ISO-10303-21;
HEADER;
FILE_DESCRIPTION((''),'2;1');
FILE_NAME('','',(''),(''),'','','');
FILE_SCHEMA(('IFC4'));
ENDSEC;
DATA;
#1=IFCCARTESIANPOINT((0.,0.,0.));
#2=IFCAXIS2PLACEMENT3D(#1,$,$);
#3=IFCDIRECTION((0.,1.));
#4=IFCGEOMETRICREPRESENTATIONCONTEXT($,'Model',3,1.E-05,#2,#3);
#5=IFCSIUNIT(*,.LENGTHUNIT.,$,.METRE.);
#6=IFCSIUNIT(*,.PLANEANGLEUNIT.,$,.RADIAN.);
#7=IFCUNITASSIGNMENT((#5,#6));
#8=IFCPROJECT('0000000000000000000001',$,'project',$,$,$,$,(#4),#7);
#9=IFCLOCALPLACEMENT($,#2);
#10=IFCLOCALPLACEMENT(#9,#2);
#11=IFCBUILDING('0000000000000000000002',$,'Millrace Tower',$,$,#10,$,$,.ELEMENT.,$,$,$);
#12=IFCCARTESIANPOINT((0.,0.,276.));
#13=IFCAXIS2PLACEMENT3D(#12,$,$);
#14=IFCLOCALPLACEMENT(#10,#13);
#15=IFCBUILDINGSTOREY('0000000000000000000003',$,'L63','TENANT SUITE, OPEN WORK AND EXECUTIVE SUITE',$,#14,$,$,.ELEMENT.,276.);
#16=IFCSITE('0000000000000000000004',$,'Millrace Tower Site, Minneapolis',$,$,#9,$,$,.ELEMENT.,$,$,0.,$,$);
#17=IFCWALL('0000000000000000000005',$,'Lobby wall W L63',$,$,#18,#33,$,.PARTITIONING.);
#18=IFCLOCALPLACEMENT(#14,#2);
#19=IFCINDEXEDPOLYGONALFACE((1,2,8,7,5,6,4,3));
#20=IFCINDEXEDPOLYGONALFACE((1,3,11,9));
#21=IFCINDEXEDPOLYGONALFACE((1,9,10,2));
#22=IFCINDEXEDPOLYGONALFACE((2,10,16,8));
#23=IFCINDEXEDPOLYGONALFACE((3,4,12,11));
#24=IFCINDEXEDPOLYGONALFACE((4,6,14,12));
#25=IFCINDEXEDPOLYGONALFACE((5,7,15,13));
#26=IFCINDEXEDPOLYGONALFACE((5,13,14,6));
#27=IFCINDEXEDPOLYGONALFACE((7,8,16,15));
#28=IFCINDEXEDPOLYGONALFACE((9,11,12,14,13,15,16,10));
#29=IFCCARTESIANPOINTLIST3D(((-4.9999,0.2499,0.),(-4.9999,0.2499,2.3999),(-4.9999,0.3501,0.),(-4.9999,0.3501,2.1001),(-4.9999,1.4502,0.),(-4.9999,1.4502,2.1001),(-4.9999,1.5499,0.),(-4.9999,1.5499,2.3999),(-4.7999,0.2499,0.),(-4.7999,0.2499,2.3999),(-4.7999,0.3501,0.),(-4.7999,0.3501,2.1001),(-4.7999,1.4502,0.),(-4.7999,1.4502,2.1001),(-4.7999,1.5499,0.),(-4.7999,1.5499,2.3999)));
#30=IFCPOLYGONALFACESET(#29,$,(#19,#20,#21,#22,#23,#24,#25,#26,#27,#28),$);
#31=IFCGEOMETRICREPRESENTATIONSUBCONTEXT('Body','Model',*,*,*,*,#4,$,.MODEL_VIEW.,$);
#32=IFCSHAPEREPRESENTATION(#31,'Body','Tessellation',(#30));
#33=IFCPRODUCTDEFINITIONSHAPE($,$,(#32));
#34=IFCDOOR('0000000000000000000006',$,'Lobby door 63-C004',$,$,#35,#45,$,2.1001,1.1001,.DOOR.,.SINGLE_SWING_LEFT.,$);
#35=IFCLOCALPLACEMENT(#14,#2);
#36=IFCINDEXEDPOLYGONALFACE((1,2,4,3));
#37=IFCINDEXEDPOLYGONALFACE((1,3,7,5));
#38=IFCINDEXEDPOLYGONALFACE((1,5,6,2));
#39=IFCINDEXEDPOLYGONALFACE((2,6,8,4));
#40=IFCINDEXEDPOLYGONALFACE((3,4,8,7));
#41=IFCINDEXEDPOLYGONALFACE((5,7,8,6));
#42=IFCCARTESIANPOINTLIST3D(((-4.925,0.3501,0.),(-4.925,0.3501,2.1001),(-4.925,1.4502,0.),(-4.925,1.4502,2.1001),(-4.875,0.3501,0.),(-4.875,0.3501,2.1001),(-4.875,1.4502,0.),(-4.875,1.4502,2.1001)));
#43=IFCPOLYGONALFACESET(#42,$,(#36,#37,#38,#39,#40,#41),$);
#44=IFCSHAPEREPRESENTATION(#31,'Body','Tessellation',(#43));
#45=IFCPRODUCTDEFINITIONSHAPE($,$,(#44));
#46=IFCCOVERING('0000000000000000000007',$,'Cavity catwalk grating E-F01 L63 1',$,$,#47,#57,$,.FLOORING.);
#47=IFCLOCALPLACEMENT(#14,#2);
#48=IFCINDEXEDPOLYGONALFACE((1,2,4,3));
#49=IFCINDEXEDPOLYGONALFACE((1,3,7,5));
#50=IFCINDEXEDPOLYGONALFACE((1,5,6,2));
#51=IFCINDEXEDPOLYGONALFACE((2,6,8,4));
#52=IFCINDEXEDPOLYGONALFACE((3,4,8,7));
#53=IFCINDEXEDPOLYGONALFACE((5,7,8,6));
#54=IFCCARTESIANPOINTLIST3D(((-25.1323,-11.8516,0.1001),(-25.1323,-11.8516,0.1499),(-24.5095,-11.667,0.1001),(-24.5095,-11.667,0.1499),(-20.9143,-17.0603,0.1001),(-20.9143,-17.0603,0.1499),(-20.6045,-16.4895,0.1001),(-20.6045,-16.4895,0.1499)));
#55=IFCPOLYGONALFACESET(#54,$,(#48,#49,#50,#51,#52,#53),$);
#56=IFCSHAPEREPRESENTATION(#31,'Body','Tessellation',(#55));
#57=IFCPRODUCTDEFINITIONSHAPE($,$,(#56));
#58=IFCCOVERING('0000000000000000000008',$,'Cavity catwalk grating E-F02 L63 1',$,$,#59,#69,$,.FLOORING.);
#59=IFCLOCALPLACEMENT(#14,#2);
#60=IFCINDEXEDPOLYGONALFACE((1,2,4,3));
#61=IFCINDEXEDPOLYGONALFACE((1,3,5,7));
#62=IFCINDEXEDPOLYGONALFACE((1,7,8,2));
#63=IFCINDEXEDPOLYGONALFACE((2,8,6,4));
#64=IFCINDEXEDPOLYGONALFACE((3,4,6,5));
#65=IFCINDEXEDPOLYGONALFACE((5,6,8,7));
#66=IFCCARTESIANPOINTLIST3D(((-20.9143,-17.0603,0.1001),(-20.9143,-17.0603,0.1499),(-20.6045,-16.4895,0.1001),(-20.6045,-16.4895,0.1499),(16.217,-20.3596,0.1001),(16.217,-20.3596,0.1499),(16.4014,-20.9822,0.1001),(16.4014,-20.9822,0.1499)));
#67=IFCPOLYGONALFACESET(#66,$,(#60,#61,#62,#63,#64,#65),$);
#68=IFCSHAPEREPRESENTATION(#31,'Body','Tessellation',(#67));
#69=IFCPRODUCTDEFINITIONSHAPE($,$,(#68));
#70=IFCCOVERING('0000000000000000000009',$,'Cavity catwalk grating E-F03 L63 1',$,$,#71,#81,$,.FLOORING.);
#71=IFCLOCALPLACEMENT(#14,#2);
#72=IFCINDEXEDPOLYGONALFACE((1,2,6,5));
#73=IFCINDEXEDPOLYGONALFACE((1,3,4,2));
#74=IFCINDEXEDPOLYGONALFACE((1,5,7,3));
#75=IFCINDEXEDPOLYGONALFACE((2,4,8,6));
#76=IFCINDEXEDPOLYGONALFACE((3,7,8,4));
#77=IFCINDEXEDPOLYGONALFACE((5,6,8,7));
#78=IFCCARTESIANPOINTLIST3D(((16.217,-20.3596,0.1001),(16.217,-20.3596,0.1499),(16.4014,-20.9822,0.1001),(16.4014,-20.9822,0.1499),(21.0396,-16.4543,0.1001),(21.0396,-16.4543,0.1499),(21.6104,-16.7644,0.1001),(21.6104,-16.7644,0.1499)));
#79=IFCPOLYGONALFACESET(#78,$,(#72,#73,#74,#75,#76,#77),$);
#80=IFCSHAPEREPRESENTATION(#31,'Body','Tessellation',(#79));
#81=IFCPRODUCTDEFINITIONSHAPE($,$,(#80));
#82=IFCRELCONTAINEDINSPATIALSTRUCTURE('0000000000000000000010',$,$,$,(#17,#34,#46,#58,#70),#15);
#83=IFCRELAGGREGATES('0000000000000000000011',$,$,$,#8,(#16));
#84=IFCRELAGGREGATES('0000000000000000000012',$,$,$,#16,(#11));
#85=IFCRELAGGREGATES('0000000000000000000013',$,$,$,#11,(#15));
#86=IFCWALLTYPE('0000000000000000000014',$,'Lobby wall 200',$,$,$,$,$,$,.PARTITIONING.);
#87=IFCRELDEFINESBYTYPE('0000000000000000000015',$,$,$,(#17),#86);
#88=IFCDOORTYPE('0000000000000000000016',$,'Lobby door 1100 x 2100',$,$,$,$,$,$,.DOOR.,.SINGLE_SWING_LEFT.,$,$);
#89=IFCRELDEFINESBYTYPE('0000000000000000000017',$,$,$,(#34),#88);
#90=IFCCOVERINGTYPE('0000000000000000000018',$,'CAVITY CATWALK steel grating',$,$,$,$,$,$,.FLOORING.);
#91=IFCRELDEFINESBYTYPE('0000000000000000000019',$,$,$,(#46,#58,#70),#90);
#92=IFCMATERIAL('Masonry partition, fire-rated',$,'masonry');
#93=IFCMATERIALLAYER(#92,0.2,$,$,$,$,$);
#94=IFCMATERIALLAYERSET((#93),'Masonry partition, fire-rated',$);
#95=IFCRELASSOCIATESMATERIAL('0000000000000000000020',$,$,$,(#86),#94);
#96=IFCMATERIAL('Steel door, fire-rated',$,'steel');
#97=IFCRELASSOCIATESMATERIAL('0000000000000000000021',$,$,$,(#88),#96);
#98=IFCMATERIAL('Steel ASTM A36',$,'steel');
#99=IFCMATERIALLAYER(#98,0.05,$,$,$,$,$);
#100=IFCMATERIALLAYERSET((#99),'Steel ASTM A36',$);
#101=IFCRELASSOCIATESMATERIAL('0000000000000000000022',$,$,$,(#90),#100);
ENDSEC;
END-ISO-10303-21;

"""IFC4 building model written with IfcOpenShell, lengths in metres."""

from ifc_helpers import new_model, si_unit, direction, frame, frame_2d, origin, place, context, subcontext, project, spatial, polyline, rectangle, outline, extrude, material, layer, layer_set, type_object, element, fill, save


model = new_model("IFC4")

# Units and contexts
model_context = context("Model", 3, precision=1e-05, world=origin(), true_north=direction((0.0, 1.0)))
body_context = subcontext(model_context, "Body", "Model", "MODEL_VIEW")
ifc_project = project(units=[si_unit("LENGTHUNIT", "METRE"), si_unit("PLANEANGLEUNIT", "RADIAN")], contexts=[model_context])

# Site, building, storey
site_placement = place(None, origin())
site = spatial("IfcSite", under=ifc_project, at=site_placement, Name="Millrace Tower Site, Minneapolis", CompositionType="ELEMENT", RefElevation=0.0)
building_placement = place(site_placement, origin())
building = spatial("IfcBuilding", under=site, at=building_placement, Name="Millrace Tower", CompositionType="ELEMENT")
storey_placement = place(building_placement, frame((0.0, 0.0, 276.0)))
storey = spatial("IfcBuildingStorey", under=building, at=storey_placement, Name="L63", Description="TENANT SUITE, OPEN WORK AND EXECUTIVE SUITE", CompositionType="ELEMENT", Elevation=276.0)

# Wall, opening, door
ifc_material_1 = material(Name="Masonry partition, fire-rated", Category="masonry")
ifc_layer_1 = layer(ifc_material_1, 0.2)
ifc_layer_set_1 = layer_set([ifc_layer_1], Name="Masonry partition, fire-rated")
wall_type = type_object("IfcWallType", Name="Lobby wall 200", PredefinedType="PARTITIONING", material=ifc_layer_set_1)
wall_placement = place(storey_placement, frame((-4.8999, 0.25, 0.0), z_axis=(0.0, 0.0, 1.0), x_axis=(0.0, 1.0, 0.0)))
wall = element("IfcWall", 1, at=wall_placement, inside=storey, type_object=wall_type, Name="Lobby wall W L63", PredefinedType="PARTITIONING", context=body_context, shape_type="SweptSolid", body=[
    extrude(rectangle(XDim=1.3, YDim=0.2, at=frame_2d((0.6499, 0.0))), origin(), (0.0, 0.0, 1.0), 2.3999),
])
opening_placement = place(wall_placement, frame((0.1001, 0.0, 0.0)))
opening = element("IfcOpeningElement", 2, at=opening_placement, cuts=wall, PredefinedType="OPENING", context=body_context, shape_type="SweptSolid", body=[
    extrude(rectangle(XDim=1.1001, YDim=2.1001, at=frame_2d((0.55, 1.05))), frame((0.0, 0.1099, 0.0), z_axis=(0.0, -1.0, 0.0), x_axis=(1.0, 0.0, 0.0)), (0.0, 0.0, 1.0), 0.22),
])
ifc_material_2 = material(Name="Steel door, fire-rated", Category="steel")
door_type = type_object("IfcDoorType", Name="Lobby door 1100 x 2100", OperationType="SINGLE_SWING_LEFT", PredefinedType="DOOR", material=ifc_material_2)
door_placement = place(opening_placement, frame((1.1001, 0.0, 0.0), z_axis=(0.0, 0.0, 1.0), x_axis=(-1.0, 0.0, 0.0)))
door = element("IfcDoor", 3, at=door_placement, inside=storey, type_object=door_type, Name="Lobby door 63-C004", OperationType="SINGLE_SWING_LEFT", OverallHeight=2.1001, OverallWidth=1.1001, PredefinedType="DOOR", context=body_context, shape_type="SweptSolid", body=[
    extrude(rectangle(XDim=1.1001, YDim=2.1001, at=frame_2d((0.55, 1.05))), frame((0.0, 0.0249, 0.0), z_axis=(0.0, -1.0, 0.0), x_axis=(1.0, 0.0, 0.0)), (0.0, 0.0, 1.0), 0.05),
])
fill(opening, door)

# Coverings
ifc_material_3 = material(Name="Steel ASTM A36", Category="steel")
ifc_layer_2 = layer(ifc_material_3, 0.05)
ifc_layer_set_2 = layer_set([ifc_layer_2], Name="Steel ASTM A36")
covering_type = type_object("IfcCoveringType", Name="CAVITY CATWALK steel grating", PredefinedType="FLOORING", material=ifc_layer_set_2)
placement_1 = place(storey_placement, frame((0.0, 0.0, 0.1001)))
element("IfcCovering", 4, at=placement_1, inside=storey, type_object=covering_type, Name="Cavity catwalk grating E-F01 L63 1", PredefinedType="FLOORING", context=body_context, shape_type="SweptSolid", body=[
    extrude(outline(polyline([(-25.1323, -11.8516), (-20.9143, -17.0603), (-20.6045, -16.4895), (-24.5095, -11.667), (-25.1323, -11.8516)])), origin(), (0.0, 0.0, 1.0), 0.0498),
])
element("IfcCovering", 5, at=placement_1, inside=storey, type_object=covering_type, Name="Cavity catwalk grating E-F02 L63 1", PredefinedType="FLOORING", context=body_context, shape_type="SweptSolid", body=[
    extrude(outline(polyline([(-20.9143, -17.0603), (16.4014, -20.9822), (16.217, -20.3596), (-20.6045, -16.4895), (-20.9143, -17.0603)])), origin(), (0.0, 0.0, 1.0), 0.0498),
])
element("IfcCovering", 6, at=placement_1, inside=storey, type_object=covering_type, Name="Cavity catwalk grating E-F03 L63 1", PredefinedType="FLOORING", context=body_context, shape_type="SweptSolid", body=[
    extrude(outline(polyline([(16.4014, -20.9822), (21.6104, -16.7644), (21.0396, -16.4543), (16.217, -20.3596), (16.4014, -20.9822)])), origin(), (0.0, 0.0, 1.0), 0.0498),
])

save(model, "model.ifc")
